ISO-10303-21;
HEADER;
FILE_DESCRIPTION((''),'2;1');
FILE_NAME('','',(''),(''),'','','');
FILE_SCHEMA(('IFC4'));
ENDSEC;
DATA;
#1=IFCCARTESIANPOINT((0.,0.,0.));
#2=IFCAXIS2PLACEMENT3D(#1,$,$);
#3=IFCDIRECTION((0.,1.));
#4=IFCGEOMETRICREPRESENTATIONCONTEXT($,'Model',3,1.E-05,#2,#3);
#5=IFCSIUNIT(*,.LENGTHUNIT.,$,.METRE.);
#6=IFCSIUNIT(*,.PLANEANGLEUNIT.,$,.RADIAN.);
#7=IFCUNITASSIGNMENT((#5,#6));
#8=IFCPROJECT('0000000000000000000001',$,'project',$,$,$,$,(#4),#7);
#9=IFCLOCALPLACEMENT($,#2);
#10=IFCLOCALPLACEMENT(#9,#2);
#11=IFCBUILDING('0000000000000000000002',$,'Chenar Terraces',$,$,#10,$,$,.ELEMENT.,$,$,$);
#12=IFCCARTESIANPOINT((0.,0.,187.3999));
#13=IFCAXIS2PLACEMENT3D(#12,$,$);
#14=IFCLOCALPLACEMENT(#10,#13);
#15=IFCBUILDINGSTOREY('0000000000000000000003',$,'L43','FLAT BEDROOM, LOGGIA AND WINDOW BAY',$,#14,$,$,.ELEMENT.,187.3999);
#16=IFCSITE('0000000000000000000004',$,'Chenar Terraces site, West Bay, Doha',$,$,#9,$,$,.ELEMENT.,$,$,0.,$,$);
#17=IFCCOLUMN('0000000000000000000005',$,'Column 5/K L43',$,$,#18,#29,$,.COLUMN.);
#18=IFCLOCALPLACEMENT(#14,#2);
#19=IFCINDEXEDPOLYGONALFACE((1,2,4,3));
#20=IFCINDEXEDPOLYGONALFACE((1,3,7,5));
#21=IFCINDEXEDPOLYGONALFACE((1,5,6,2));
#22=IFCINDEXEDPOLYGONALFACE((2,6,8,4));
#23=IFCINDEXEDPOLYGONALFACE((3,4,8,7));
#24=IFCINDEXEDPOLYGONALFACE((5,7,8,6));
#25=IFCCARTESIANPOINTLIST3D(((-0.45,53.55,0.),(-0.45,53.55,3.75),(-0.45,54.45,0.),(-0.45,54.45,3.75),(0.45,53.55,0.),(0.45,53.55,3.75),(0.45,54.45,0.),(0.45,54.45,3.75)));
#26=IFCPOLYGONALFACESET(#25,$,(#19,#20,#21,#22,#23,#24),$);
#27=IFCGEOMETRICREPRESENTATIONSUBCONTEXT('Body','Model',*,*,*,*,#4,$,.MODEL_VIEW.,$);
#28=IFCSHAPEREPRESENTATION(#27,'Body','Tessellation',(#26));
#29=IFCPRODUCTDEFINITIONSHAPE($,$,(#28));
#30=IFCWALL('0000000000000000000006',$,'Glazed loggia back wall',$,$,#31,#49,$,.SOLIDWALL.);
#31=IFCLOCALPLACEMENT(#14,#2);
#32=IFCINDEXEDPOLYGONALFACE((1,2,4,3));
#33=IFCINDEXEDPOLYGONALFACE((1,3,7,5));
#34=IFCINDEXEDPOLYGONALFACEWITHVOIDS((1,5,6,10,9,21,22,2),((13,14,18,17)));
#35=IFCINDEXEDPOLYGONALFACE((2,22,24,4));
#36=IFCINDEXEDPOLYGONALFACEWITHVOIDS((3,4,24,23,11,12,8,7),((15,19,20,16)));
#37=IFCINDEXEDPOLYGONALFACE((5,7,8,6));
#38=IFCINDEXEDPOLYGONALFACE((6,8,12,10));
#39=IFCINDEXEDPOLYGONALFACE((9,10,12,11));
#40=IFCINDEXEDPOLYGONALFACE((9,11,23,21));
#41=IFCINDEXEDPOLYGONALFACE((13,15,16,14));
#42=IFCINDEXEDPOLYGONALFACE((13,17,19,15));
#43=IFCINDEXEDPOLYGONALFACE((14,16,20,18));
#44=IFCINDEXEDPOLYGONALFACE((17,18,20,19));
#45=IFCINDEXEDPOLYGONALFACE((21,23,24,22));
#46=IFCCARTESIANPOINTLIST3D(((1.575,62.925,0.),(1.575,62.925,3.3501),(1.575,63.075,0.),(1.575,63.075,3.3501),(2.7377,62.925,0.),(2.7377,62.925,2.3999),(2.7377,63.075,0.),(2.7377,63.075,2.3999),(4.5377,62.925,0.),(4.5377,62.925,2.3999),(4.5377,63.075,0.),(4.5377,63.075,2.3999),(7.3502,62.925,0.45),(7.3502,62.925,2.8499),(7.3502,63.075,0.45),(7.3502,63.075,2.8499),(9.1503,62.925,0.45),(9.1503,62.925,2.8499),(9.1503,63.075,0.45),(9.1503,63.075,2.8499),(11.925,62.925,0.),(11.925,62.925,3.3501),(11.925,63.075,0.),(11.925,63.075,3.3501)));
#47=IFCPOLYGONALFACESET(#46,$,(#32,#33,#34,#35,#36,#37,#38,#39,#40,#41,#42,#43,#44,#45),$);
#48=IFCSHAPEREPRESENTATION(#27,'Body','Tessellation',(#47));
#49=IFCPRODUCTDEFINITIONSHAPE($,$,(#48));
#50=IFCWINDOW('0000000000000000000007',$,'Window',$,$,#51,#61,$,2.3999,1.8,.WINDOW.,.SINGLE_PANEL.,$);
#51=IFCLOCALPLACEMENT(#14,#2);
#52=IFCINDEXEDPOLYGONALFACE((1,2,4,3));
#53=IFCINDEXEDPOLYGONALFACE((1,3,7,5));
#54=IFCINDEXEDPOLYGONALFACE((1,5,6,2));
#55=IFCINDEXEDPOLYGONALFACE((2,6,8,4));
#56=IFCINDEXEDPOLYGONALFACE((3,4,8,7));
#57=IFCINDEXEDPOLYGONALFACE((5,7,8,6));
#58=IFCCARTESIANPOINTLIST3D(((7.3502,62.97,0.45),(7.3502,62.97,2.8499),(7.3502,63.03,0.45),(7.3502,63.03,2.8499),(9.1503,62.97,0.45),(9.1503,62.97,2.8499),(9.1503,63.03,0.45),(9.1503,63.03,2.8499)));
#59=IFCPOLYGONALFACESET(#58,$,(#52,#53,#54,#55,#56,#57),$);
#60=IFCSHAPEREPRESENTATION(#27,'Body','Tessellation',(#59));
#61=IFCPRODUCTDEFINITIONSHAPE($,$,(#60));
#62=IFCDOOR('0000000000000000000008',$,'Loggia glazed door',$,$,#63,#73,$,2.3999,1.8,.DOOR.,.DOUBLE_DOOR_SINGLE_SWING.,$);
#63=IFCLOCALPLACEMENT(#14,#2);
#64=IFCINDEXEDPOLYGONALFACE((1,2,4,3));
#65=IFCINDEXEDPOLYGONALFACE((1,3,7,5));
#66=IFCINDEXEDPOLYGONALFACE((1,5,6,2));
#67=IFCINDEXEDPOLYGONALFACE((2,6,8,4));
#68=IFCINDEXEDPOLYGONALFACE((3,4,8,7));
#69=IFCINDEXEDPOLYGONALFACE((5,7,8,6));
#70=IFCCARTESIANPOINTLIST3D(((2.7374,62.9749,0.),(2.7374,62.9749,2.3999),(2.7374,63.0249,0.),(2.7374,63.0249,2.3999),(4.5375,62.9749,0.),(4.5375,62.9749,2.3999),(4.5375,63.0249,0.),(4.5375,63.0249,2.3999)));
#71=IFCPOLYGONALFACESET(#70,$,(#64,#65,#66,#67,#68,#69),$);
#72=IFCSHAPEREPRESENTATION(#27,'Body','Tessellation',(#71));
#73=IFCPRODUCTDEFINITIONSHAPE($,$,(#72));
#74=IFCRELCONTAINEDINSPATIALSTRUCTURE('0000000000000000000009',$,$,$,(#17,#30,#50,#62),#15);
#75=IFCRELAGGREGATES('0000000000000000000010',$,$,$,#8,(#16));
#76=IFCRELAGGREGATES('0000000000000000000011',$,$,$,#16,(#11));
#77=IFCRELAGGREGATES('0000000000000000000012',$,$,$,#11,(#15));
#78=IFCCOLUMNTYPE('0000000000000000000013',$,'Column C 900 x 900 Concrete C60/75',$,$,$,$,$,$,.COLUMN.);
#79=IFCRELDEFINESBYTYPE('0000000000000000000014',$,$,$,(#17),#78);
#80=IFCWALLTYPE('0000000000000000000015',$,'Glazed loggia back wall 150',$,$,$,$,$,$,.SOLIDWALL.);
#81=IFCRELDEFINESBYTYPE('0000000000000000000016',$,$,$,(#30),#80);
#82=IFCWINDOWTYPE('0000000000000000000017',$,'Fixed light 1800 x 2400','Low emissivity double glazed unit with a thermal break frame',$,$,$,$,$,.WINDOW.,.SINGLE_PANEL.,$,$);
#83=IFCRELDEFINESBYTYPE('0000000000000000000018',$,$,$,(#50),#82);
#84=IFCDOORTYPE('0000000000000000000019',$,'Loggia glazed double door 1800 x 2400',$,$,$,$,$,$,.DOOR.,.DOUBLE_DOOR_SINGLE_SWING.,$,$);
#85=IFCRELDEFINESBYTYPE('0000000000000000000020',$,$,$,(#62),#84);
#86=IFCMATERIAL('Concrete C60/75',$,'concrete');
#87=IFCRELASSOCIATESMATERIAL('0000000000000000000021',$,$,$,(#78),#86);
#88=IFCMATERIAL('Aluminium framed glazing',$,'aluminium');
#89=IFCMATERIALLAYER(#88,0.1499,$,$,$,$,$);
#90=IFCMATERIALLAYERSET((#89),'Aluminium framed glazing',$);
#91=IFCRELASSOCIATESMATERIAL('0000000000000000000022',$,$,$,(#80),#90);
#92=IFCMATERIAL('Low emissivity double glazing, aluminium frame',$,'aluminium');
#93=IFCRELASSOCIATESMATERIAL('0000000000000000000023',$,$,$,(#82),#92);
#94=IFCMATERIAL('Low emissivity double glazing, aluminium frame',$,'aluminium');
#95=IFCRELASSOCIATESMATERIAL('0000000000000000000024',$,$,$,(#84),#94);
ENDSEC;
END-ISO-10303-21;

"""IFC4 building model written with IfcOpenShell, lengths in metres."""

from ifc_helpers import new_model, si_unit, direction, frame, frame_2d, origin, origin_2d, place, context, subcontext, project, spatial, rectangle, extrude, material, layer, layer_set, material_profile, profile_set, type_object, element, fill, save


model = new_model("IFC4")

# Units and contexts
model_context = context("Model", 3, precision=1e-05, world=origin(), true_north=direction((0.0, 1.0)))
body_context = subcontext(model_context, "Body", "Model", "MODEL_VIEW")
ifc_project = project(units=[si_unit("LENGTHUNIT", "METRE"), si_unit("PLANEANGLEUNIT", "RADIAN")], contexts=[model_context])

# Site, building, storey
site_placement = place(None, origin())
site = spatial("IfcSite", under=ifc_project, at=site_placement, Name="Chenar Terraces site, West Bay, Doha", CompositionType="ELEMENT", RefElevation=0.0)
building_placement = place(site_placement, origin())
building = spatial("IfcBuilding", under=site, at=building_placement, Name="Chenar Terraces", CompositionType="ELEMENT")
storey_placement = place(building_placement, frame((0.0, 0.0, 187.3999)))
storey = spatial("IfcBuildingStorey", under=building, at=storey_placement, Name="L43", Description="FLAT BEDROOM, LOGGIA AND WINDOW BAY", CompositionType="ELEMENT", Elevation=187.3999)

# Column
ifc_material_1 = material(Name="Concrete C60/75", Category="concrete")
ifc_material_profile_1 = material_profile(ifc_material_1, rectangle(XDim=0.8999, YDim=0.8999, at=origin_2d()), Name="C 900 x 900")
ifc_profile_set_1 = profile_set([ifc_material_profile_1], Name="Concrete C60/75")
column_type = type_object("IfcColumnType", Name="Column C 900 x 900 Concrete C60/75", PredefinedType="COLUMN", material=ifc_profile_set_1)
column_placement = place(storey_placement, frame((0.0, 54.0, 0.0), z_axis=(0.0, 0.0, 1.0), x_axis=(1.0, 0.0, 0.0)))
element("IfcColumn", 1, at=column_placement, inside=storey, type_object=column_type, Name="Column 5/K L43", PredefinedType="COLUMN", context=body_context, shape_type="SweptSolid", body=[
    extrude(rectangle(XDim=0.8999, YDim=0.8999, at=origin_2d()), origin(), (0.0, 0.0, 1.0), 3.75),
])

# Wall, openings, window, door
ifc_material_2 = material(Name="Aluminium framed glazing", Category="aluminium")
ifc_layer_1 = layer(ifc_material_2, 0.1499)
ifc_layer_set_1 = layer_set([ifc_layer_1], Name="Aluminium framed glazing")
wall_type_1 = type_object("IfcWallType", Name="Glazed loggia back wall 150", PredefinedType="SOLIDWALL", material=ifc_layer_set_1)
wall_1_placement = place(storey_placement, frame((11.925, 63.0, 0.0), z_axis=(0.0, 0.0, 1.0), x_axis=(-1.0, 0.0, 0.0)))
wall_1 = element("IfcWall", 2, at=wall_1_placement, inside=storey, type_object=wall_type_1, Name="Glazed loggia back wall", PredefinedType="SOLIDWALL", context=body_context, shape_type="SweptSolid", body=[
    extrude(rectangle(XDim=10.3501, YDim=0.1499, at=frame_2d((5.175, 0.0))), origin(), (0.0, 0.0, 1.0), 3.3501),
])
opening_1_placement = place(wall_1_placement, frame((2.7749, 0.0, 0.45)))
opening_1 = element("IfcOpeningElement", 3, at=opening_1_placement, cuts=wall_1, PredefinedType="OPENING", context=body_context, shape_type="SweptSolid", body=[
    extrude(rectangle(XDim=1.8, YDim=2.3999, at=frame_2d((0.8999, 1.2))), frame((0.0, 0.085, 0.0), z_axis=(0.0, -1.0, 0.0), x_axis=(1.0, 0.0, 0.0)), (0.0, 0.0, 1.0), 0.1699),
])
opening_2_placement = place(wall_1_placement, frame((7.3875, 0.0, 0.0)))
opening_2 = element("IfcOpeningElement", 4, at=opening_2_placement, cuts=wall_1, PredefinedType="OPENING", context=body_context, shape_type="SweptSolid", body=[
    extrude(rectangle(XDim=1.8, YDim=2.3999, at=frame_2d((0.8999, 1.2))), frame((0.0, 0.085, 0.0), z_axis=(0.0, -1.0, 0.0), x_axis=(1.0, 0.0, 0.0)), (0.0, 0.0, 1.0), 0.1699),
])
ifc_material_3 = material(Name="Low emissivity double glazing, aluminium frame", Category="aluminium")
window_type_1 = type_object("IfcWindowType", Name="Fixed light 1800 x 2400", Description="Low emissivity double glazed unit with a thermal break frame", PartitioningType="SINGLE_PANEL", PredefinedType="WINDOW", material=ifc_material_3)
window_1_placement = place(opening_1_placement, origin())
window_1 = element("IfcWindow", 5, at=window_1_placement, inside=storey, type_object=window_type_1, Name="Window", OverallHeight=2.3999, OverallWidth=1.8, PartitioningType="SINGLE_PANEL", PredefinedType="WINDOW", context=body_context, shape_type="SweptSolid", body=[
    extrude(rectangle(XDim=1.8, YDim=2.3999, at=frame_2d((0.8999, 1.2))), frame((0.0, 0.03, 0.0), z_axis=(0.0, -1.0, 0.0), x_axis=(1.0, 0.0, 0.0)), (0.0, 0.0, 1.0), 0.0601),
])
fill(opening_1, window_1)
ifc_material_4 = material(Name="Low emissivity double glazing, aluminium frame", Category="aluminium")
door_type_1 = type_object("IfcDoorType", Name="Loggia glazed double door 1800 x 2400", OperationType="DOUBLE_DOOR_SINGLE_SWING", PredefinedType="DOOR", material=ifc_material_4)
door_1_placement = place(opening_2_placement, frame((1.8, 0.0, 0.0), z_axis=(0.0, 0.0, 1.0), x_axis=(-1.0, 0.0, 0.0)))
door_1 = element("IfcDoor", 6, at=door_1_placement, inside=storey, type_object=door_type_1, Name="Loggia glazed door", OperationType="DOUBLE_DOOR_SINGLE_SWING", OverallHeight=2.3999, OverallWidth=1.8, PredefinedType="DOOR", context=body_context, shape_type="SweptSolid", body=[
    extrude(rectangle(XDim=1.8, YDim=2.3999, at=frame_2d((0.8999, 1.2))), frame((0.0, 0.0249, 0.0), z_axis=(0.0, -1.0, 0.0), x_axis=(1.0, 0.0, 0.0)), (0.0, 0.0, 1.0), 0.05),
])
fill(opening_2, door_1)

save(model, "model.ifc")
